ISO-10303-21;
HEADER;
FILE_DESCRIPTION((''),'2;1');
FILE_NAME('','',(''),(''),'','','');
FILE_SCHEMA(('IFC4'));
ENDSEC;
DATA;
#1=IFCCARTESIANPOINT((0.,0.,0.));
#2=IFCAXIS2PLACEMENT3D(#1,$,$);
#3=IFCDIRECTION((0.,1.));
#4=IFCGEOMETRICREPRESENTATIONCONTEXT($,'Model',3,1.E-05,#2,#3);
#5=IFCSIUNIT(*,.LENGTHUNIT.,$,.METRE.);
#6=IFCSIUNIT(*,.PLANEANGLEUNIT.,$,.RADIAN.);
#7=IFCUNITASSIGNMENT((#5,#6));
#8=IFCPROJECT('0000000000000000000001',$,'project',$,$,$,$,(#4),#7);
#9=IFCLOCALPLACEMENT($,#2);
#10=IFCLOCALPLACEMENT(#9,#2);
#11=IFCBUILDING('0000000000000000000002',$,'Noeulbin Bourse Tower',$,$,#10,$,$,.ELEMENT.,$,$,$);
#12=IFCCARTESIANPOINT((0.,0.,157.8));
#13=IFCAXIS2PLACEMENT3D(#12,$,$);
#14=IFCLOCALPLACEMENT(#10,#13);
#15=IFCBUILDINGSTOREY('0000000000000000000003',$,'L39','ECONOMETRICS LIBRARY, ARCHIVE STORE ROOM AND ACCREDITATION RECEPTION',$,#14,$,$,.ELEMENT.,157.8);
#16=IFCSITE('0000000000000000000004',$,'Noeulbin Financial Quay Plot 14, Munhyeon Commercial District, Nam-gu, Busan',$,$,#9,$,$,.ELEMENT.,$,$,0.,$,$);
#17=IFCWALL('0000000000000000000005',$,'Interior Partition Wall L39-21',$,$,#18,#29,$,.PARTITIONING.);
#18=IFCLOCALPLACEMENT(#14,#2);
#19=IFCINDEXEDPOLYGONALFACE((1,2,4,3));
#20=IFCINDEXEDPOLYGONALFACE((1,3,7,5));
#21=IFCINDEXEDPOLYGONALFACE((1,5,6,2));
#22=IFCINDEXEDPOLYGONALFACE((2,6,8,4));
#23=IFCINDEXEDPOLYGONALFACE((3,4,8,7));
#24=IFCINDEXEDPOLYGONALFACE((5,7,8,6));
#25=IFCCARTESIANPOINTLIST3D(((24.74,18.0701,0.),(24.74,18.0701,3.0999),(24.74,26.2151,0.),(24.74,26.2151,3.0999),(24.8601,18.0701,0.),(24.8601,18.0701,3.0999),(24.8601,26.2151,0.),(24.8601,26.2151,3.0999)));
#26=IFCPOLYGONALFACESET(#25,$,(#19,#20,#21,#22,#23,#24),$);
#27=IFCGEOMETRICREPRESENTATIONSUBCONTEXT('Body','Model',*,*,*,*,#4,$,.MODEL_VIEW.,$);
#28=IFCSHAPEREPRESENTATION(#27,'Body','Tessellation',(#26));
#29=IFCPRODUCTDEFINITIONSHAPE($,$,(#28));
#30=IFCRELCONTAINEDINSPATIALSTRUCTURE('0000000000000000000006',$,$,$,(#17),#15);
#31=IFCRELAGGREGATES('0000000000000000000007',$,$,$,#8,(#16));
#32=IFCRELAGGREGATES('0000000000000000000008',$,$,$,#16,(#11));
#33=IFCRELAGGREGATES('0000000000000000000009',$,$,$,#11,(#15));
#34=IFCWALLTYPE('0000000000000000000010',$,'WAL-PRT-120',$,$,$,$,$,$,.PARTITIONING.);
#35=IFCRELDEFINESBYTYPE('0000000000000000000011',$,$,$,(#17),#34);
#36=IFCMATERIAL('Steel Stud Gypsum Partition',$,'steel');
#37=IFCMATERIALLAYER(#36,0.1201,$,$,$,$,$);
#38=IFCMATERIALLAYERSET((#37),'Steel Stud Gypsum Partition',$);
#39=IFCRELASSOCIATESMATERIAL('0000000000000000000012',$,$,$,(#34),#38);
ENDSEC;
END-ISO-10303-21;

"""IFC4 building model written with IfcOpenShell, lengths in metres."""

from ifc_helpers import new_model, si_unit, direction, frame, frame_2d, origin, place, context, subcontext, project, spatial, rectangle, extrude, material, layer, layer_set, type_object, element, save


model = new_model("IFC4")

# Units and contexts
model_context = context("Model", 3, precision=1e-05, world=origin(), true_north=direction((0.0, 1.0)))
body_context = subcontext(model_context, "Body", "Model", "MODEL_VIEW")
ifc_project = project(units=[si_unit("LENGTHUNIT", "METRE"), si_unit("PLANEANGLEUNIT", "RADIAN")], contexts=[model_context])

# Site, building, storey
site_placement = place(None, origin())
site = spatial("IfcSite", under=ifc_project, at=site_placement, Name="Noeulbin Financial Quay Plot 14, Munhyeon Commercial District, Nam-gu, Busan", CompositionType="ELEMENT", RefElevation=0.0)
building_placement = place(site_placement, origin())
building = spatial("IfcBuilding", under=site, at=building_placement, Name="Noeulbin Bourse Tower", CompositionType="ELEMENT")
storey_placement = place(building_placement, frame((0.0, 0.0, 157.8)))
storey = spatial("IfcBuildingStorey", under=building, at=storey_placement, Name="L39", Description="ECONOMETRICS LIBRARY, ARCHIVE STORE ROOM AND ACCREDITATION RECEPTION", CompositionType="ELEMENT", Elevation=157.8)

# Wall
ifc_material_1 = material(Name="Steel Stud Gypsum Partition", Category="steel")
ifc_layer_1 = layer(ifc_material_1, 0.1201)
ifc_layer_set_1 = layer_set([ifc_layer_1], Name="Steel Stud Gypsum Partition")
wall_type_1 = type_object("IfcWallType", Name="WAL-PRT-120", PredefinedType="PARTITIONING", material=ifc_layer_set_1)
wall_1_placement = place(storey_placement, frame((24.8, 18.0701, 0.0), z_axis=(0.0, 0.0, 1.0), x_axis=(0.0, 1.0, 0.0)))
element("IfcWall", 1, at=wall_1_placement, inside=storey, type_object=wall_type_1, Name="Interior Partition Wall L39-21", PredefinedType="PARTITIONING", context=body_context, shape_type="SweptSolid", body=[
    extrude(rectangle(XDim=8.145, YDim=0.1201, at=frame_2d((4.0725, 0.0))), origin(), (0.0, 0.0, 1.0), 3.0999),
])

save(model, "model.ifc")
